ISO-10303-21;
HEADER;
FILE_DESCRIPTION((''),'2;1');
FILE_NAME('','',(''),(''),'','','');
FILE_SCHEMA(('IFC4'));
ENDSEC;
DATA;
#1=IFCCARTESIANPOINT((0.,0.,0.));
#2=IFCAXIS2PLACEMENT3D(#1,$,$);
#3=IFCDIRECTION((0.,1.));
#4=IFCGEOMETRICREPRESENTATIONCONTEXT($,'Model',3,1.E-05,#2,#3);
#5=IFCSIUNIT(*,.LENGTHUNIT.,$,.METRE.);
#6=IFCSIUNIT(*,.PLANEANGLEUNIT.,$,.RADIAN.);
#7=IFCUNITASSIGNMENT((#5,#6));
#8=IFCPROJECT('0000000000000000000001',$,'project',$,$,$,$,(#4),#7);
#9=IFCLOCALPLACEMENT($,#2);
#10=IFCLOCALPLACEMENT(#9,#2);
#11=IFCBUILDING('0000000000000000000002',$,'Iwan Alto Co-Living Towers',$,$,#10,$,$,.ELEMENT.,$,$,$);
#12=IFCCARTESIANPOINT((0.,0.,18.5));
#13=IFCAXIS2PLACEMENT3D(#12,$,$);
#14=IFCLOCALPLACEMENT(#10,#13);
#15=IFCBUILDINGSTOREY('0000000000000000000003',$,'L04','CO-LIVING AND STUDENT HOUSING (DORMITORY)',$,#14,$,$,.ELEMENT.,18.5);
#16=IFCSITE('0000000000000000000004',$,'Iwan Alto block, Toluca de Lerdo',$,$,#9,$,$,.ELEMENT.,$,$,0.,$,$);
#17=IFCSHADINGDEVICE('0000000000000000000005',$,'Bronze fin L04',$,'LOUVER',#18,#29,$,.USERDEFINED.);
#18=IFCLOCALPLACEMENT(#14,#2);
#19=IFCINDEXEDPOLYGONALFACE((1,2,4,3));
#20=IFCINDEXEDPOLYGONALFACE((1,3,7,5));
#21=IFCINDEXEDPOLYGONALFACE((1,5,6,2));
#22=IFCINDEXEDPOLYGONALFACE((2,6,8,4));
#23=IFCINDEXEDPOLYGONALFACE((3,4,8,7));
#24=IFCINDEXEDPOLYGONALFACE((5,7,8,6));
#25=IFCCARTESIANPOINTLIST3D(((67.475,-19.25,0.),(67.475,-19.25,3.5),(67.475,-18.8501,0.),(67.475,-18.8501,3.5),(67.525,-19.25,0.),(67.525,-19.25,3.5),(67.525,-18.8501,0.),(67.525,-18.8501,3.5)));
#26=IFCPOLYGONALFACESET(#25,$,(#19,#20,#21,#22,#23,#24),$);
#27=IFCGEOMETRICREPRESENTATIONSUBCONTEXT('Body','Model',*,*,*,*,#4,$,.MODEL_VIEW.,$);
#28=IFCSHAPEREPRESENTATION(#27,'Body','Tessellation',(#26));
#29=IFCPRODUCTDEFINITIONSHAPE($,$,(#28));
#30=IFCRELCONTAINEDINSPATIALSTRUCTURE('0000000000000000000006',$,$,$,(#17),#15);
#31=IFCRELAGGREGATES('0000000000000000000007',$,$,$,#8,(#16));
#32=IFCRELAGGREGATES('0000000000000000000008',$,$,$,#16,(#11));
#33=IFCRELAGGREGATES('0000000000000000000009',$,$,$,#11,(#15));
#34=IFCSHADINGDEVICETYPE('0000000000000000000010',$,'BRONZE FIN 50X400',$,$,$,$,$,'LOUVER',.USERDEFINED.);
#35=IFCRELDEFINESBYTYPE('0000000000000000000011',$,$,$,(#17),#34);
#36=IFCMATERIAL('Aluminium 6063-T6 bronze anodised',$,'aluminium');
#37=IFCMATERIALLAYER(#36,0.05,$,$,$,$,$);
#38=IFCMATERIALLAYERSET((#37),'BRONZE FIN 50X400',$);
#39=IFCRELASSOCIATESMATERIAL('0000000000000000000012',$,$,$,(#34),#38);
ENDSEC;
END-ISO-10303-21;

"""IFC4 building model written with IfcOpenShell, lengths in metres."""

from ifc_helpers import new_model, si_unit, direction, frame, origin, origin_2d, place, context, subcontext, project, spatial, rectangle, extrude, material, layer, layer_set, type_object, element, save


model = new_model("IFC4")

# Units and contexts
model_context = context("Model", 3, precision=1e-05, world=origin(), true_north=direction((0.0, 1.0)))
body_context = subcontext(model_context, "Body", "Model", "MODEL_VIEW")
ifc_project = project(units=[si_unit("LENGTHUNIT", "METRE"), si_unit("PLANEANGLEUNIT", "RADIAN")], contexts=[model_context])

# Site, building, storey
site_placement = place(None, origin())
site = spatial("IfcSite", under=ifc_project, at=site_placement, Name="Iwan Alto block, Toluca de Lerdo", CompositionType="ELEMENT", RefElevation=0.0)
building_placement = place(site_placement, origin())
building = spatial("IfcBuilding", under=site, at=building_placement, Name="Iwan Alto Co-Living Towers", CompositionType="ELEMENT")
storey_placement = place(building_placement, frame((0.0, 0.0, 18.5)))
storey = spatial("IfcBuildingStorey", under=building, at=storey_placement, Name="L04", Description="CO-LIVING AND STUDENT HOUSING (DORMITORY)", CompositionType="ELEMENT", Elevation=18.5)

# Shading device
ifc_material_1 = material(Name="Aluminium 6063-T6 bronze anodised", Category="aluminium")
ifc_layer_1 = layer(ifc_material_1, 0.05)
ifc_layer_set_1 = layer_set([ifc_layer_1], Name="BRONZE FIN 50X400")
shading_device_type = type_object("IfcShadingDeviceType", Name="BRONZE FIN 50X400", ElementType="LOUVER", PredefinedType="USERDEFINED", material=ifc_layer_set_1)
shading_device_placement = place(storey_placement, frame((67.5, -19.05, 0.0), z_axis=(0.0, 0.0, 1.0), x_axis=(1.0, 0.0, 0.0)))
element("IfcShadingDevice", 1, at=shading_device_placement, inside=storey, type_object=shading_device_type, Name="Bronze fin L04", ObjectType="LOUVER", PredefinedType="USERDEFINED", context=body_context, shape_type="SweptSolid", body=[
    extrude(rectangle(XDim=0.05, YDim=0.3999, at=origin_2d()), origin(), (0.0, 0.0, 1.0), 3.5),
])

save(model, "model.ifc")
